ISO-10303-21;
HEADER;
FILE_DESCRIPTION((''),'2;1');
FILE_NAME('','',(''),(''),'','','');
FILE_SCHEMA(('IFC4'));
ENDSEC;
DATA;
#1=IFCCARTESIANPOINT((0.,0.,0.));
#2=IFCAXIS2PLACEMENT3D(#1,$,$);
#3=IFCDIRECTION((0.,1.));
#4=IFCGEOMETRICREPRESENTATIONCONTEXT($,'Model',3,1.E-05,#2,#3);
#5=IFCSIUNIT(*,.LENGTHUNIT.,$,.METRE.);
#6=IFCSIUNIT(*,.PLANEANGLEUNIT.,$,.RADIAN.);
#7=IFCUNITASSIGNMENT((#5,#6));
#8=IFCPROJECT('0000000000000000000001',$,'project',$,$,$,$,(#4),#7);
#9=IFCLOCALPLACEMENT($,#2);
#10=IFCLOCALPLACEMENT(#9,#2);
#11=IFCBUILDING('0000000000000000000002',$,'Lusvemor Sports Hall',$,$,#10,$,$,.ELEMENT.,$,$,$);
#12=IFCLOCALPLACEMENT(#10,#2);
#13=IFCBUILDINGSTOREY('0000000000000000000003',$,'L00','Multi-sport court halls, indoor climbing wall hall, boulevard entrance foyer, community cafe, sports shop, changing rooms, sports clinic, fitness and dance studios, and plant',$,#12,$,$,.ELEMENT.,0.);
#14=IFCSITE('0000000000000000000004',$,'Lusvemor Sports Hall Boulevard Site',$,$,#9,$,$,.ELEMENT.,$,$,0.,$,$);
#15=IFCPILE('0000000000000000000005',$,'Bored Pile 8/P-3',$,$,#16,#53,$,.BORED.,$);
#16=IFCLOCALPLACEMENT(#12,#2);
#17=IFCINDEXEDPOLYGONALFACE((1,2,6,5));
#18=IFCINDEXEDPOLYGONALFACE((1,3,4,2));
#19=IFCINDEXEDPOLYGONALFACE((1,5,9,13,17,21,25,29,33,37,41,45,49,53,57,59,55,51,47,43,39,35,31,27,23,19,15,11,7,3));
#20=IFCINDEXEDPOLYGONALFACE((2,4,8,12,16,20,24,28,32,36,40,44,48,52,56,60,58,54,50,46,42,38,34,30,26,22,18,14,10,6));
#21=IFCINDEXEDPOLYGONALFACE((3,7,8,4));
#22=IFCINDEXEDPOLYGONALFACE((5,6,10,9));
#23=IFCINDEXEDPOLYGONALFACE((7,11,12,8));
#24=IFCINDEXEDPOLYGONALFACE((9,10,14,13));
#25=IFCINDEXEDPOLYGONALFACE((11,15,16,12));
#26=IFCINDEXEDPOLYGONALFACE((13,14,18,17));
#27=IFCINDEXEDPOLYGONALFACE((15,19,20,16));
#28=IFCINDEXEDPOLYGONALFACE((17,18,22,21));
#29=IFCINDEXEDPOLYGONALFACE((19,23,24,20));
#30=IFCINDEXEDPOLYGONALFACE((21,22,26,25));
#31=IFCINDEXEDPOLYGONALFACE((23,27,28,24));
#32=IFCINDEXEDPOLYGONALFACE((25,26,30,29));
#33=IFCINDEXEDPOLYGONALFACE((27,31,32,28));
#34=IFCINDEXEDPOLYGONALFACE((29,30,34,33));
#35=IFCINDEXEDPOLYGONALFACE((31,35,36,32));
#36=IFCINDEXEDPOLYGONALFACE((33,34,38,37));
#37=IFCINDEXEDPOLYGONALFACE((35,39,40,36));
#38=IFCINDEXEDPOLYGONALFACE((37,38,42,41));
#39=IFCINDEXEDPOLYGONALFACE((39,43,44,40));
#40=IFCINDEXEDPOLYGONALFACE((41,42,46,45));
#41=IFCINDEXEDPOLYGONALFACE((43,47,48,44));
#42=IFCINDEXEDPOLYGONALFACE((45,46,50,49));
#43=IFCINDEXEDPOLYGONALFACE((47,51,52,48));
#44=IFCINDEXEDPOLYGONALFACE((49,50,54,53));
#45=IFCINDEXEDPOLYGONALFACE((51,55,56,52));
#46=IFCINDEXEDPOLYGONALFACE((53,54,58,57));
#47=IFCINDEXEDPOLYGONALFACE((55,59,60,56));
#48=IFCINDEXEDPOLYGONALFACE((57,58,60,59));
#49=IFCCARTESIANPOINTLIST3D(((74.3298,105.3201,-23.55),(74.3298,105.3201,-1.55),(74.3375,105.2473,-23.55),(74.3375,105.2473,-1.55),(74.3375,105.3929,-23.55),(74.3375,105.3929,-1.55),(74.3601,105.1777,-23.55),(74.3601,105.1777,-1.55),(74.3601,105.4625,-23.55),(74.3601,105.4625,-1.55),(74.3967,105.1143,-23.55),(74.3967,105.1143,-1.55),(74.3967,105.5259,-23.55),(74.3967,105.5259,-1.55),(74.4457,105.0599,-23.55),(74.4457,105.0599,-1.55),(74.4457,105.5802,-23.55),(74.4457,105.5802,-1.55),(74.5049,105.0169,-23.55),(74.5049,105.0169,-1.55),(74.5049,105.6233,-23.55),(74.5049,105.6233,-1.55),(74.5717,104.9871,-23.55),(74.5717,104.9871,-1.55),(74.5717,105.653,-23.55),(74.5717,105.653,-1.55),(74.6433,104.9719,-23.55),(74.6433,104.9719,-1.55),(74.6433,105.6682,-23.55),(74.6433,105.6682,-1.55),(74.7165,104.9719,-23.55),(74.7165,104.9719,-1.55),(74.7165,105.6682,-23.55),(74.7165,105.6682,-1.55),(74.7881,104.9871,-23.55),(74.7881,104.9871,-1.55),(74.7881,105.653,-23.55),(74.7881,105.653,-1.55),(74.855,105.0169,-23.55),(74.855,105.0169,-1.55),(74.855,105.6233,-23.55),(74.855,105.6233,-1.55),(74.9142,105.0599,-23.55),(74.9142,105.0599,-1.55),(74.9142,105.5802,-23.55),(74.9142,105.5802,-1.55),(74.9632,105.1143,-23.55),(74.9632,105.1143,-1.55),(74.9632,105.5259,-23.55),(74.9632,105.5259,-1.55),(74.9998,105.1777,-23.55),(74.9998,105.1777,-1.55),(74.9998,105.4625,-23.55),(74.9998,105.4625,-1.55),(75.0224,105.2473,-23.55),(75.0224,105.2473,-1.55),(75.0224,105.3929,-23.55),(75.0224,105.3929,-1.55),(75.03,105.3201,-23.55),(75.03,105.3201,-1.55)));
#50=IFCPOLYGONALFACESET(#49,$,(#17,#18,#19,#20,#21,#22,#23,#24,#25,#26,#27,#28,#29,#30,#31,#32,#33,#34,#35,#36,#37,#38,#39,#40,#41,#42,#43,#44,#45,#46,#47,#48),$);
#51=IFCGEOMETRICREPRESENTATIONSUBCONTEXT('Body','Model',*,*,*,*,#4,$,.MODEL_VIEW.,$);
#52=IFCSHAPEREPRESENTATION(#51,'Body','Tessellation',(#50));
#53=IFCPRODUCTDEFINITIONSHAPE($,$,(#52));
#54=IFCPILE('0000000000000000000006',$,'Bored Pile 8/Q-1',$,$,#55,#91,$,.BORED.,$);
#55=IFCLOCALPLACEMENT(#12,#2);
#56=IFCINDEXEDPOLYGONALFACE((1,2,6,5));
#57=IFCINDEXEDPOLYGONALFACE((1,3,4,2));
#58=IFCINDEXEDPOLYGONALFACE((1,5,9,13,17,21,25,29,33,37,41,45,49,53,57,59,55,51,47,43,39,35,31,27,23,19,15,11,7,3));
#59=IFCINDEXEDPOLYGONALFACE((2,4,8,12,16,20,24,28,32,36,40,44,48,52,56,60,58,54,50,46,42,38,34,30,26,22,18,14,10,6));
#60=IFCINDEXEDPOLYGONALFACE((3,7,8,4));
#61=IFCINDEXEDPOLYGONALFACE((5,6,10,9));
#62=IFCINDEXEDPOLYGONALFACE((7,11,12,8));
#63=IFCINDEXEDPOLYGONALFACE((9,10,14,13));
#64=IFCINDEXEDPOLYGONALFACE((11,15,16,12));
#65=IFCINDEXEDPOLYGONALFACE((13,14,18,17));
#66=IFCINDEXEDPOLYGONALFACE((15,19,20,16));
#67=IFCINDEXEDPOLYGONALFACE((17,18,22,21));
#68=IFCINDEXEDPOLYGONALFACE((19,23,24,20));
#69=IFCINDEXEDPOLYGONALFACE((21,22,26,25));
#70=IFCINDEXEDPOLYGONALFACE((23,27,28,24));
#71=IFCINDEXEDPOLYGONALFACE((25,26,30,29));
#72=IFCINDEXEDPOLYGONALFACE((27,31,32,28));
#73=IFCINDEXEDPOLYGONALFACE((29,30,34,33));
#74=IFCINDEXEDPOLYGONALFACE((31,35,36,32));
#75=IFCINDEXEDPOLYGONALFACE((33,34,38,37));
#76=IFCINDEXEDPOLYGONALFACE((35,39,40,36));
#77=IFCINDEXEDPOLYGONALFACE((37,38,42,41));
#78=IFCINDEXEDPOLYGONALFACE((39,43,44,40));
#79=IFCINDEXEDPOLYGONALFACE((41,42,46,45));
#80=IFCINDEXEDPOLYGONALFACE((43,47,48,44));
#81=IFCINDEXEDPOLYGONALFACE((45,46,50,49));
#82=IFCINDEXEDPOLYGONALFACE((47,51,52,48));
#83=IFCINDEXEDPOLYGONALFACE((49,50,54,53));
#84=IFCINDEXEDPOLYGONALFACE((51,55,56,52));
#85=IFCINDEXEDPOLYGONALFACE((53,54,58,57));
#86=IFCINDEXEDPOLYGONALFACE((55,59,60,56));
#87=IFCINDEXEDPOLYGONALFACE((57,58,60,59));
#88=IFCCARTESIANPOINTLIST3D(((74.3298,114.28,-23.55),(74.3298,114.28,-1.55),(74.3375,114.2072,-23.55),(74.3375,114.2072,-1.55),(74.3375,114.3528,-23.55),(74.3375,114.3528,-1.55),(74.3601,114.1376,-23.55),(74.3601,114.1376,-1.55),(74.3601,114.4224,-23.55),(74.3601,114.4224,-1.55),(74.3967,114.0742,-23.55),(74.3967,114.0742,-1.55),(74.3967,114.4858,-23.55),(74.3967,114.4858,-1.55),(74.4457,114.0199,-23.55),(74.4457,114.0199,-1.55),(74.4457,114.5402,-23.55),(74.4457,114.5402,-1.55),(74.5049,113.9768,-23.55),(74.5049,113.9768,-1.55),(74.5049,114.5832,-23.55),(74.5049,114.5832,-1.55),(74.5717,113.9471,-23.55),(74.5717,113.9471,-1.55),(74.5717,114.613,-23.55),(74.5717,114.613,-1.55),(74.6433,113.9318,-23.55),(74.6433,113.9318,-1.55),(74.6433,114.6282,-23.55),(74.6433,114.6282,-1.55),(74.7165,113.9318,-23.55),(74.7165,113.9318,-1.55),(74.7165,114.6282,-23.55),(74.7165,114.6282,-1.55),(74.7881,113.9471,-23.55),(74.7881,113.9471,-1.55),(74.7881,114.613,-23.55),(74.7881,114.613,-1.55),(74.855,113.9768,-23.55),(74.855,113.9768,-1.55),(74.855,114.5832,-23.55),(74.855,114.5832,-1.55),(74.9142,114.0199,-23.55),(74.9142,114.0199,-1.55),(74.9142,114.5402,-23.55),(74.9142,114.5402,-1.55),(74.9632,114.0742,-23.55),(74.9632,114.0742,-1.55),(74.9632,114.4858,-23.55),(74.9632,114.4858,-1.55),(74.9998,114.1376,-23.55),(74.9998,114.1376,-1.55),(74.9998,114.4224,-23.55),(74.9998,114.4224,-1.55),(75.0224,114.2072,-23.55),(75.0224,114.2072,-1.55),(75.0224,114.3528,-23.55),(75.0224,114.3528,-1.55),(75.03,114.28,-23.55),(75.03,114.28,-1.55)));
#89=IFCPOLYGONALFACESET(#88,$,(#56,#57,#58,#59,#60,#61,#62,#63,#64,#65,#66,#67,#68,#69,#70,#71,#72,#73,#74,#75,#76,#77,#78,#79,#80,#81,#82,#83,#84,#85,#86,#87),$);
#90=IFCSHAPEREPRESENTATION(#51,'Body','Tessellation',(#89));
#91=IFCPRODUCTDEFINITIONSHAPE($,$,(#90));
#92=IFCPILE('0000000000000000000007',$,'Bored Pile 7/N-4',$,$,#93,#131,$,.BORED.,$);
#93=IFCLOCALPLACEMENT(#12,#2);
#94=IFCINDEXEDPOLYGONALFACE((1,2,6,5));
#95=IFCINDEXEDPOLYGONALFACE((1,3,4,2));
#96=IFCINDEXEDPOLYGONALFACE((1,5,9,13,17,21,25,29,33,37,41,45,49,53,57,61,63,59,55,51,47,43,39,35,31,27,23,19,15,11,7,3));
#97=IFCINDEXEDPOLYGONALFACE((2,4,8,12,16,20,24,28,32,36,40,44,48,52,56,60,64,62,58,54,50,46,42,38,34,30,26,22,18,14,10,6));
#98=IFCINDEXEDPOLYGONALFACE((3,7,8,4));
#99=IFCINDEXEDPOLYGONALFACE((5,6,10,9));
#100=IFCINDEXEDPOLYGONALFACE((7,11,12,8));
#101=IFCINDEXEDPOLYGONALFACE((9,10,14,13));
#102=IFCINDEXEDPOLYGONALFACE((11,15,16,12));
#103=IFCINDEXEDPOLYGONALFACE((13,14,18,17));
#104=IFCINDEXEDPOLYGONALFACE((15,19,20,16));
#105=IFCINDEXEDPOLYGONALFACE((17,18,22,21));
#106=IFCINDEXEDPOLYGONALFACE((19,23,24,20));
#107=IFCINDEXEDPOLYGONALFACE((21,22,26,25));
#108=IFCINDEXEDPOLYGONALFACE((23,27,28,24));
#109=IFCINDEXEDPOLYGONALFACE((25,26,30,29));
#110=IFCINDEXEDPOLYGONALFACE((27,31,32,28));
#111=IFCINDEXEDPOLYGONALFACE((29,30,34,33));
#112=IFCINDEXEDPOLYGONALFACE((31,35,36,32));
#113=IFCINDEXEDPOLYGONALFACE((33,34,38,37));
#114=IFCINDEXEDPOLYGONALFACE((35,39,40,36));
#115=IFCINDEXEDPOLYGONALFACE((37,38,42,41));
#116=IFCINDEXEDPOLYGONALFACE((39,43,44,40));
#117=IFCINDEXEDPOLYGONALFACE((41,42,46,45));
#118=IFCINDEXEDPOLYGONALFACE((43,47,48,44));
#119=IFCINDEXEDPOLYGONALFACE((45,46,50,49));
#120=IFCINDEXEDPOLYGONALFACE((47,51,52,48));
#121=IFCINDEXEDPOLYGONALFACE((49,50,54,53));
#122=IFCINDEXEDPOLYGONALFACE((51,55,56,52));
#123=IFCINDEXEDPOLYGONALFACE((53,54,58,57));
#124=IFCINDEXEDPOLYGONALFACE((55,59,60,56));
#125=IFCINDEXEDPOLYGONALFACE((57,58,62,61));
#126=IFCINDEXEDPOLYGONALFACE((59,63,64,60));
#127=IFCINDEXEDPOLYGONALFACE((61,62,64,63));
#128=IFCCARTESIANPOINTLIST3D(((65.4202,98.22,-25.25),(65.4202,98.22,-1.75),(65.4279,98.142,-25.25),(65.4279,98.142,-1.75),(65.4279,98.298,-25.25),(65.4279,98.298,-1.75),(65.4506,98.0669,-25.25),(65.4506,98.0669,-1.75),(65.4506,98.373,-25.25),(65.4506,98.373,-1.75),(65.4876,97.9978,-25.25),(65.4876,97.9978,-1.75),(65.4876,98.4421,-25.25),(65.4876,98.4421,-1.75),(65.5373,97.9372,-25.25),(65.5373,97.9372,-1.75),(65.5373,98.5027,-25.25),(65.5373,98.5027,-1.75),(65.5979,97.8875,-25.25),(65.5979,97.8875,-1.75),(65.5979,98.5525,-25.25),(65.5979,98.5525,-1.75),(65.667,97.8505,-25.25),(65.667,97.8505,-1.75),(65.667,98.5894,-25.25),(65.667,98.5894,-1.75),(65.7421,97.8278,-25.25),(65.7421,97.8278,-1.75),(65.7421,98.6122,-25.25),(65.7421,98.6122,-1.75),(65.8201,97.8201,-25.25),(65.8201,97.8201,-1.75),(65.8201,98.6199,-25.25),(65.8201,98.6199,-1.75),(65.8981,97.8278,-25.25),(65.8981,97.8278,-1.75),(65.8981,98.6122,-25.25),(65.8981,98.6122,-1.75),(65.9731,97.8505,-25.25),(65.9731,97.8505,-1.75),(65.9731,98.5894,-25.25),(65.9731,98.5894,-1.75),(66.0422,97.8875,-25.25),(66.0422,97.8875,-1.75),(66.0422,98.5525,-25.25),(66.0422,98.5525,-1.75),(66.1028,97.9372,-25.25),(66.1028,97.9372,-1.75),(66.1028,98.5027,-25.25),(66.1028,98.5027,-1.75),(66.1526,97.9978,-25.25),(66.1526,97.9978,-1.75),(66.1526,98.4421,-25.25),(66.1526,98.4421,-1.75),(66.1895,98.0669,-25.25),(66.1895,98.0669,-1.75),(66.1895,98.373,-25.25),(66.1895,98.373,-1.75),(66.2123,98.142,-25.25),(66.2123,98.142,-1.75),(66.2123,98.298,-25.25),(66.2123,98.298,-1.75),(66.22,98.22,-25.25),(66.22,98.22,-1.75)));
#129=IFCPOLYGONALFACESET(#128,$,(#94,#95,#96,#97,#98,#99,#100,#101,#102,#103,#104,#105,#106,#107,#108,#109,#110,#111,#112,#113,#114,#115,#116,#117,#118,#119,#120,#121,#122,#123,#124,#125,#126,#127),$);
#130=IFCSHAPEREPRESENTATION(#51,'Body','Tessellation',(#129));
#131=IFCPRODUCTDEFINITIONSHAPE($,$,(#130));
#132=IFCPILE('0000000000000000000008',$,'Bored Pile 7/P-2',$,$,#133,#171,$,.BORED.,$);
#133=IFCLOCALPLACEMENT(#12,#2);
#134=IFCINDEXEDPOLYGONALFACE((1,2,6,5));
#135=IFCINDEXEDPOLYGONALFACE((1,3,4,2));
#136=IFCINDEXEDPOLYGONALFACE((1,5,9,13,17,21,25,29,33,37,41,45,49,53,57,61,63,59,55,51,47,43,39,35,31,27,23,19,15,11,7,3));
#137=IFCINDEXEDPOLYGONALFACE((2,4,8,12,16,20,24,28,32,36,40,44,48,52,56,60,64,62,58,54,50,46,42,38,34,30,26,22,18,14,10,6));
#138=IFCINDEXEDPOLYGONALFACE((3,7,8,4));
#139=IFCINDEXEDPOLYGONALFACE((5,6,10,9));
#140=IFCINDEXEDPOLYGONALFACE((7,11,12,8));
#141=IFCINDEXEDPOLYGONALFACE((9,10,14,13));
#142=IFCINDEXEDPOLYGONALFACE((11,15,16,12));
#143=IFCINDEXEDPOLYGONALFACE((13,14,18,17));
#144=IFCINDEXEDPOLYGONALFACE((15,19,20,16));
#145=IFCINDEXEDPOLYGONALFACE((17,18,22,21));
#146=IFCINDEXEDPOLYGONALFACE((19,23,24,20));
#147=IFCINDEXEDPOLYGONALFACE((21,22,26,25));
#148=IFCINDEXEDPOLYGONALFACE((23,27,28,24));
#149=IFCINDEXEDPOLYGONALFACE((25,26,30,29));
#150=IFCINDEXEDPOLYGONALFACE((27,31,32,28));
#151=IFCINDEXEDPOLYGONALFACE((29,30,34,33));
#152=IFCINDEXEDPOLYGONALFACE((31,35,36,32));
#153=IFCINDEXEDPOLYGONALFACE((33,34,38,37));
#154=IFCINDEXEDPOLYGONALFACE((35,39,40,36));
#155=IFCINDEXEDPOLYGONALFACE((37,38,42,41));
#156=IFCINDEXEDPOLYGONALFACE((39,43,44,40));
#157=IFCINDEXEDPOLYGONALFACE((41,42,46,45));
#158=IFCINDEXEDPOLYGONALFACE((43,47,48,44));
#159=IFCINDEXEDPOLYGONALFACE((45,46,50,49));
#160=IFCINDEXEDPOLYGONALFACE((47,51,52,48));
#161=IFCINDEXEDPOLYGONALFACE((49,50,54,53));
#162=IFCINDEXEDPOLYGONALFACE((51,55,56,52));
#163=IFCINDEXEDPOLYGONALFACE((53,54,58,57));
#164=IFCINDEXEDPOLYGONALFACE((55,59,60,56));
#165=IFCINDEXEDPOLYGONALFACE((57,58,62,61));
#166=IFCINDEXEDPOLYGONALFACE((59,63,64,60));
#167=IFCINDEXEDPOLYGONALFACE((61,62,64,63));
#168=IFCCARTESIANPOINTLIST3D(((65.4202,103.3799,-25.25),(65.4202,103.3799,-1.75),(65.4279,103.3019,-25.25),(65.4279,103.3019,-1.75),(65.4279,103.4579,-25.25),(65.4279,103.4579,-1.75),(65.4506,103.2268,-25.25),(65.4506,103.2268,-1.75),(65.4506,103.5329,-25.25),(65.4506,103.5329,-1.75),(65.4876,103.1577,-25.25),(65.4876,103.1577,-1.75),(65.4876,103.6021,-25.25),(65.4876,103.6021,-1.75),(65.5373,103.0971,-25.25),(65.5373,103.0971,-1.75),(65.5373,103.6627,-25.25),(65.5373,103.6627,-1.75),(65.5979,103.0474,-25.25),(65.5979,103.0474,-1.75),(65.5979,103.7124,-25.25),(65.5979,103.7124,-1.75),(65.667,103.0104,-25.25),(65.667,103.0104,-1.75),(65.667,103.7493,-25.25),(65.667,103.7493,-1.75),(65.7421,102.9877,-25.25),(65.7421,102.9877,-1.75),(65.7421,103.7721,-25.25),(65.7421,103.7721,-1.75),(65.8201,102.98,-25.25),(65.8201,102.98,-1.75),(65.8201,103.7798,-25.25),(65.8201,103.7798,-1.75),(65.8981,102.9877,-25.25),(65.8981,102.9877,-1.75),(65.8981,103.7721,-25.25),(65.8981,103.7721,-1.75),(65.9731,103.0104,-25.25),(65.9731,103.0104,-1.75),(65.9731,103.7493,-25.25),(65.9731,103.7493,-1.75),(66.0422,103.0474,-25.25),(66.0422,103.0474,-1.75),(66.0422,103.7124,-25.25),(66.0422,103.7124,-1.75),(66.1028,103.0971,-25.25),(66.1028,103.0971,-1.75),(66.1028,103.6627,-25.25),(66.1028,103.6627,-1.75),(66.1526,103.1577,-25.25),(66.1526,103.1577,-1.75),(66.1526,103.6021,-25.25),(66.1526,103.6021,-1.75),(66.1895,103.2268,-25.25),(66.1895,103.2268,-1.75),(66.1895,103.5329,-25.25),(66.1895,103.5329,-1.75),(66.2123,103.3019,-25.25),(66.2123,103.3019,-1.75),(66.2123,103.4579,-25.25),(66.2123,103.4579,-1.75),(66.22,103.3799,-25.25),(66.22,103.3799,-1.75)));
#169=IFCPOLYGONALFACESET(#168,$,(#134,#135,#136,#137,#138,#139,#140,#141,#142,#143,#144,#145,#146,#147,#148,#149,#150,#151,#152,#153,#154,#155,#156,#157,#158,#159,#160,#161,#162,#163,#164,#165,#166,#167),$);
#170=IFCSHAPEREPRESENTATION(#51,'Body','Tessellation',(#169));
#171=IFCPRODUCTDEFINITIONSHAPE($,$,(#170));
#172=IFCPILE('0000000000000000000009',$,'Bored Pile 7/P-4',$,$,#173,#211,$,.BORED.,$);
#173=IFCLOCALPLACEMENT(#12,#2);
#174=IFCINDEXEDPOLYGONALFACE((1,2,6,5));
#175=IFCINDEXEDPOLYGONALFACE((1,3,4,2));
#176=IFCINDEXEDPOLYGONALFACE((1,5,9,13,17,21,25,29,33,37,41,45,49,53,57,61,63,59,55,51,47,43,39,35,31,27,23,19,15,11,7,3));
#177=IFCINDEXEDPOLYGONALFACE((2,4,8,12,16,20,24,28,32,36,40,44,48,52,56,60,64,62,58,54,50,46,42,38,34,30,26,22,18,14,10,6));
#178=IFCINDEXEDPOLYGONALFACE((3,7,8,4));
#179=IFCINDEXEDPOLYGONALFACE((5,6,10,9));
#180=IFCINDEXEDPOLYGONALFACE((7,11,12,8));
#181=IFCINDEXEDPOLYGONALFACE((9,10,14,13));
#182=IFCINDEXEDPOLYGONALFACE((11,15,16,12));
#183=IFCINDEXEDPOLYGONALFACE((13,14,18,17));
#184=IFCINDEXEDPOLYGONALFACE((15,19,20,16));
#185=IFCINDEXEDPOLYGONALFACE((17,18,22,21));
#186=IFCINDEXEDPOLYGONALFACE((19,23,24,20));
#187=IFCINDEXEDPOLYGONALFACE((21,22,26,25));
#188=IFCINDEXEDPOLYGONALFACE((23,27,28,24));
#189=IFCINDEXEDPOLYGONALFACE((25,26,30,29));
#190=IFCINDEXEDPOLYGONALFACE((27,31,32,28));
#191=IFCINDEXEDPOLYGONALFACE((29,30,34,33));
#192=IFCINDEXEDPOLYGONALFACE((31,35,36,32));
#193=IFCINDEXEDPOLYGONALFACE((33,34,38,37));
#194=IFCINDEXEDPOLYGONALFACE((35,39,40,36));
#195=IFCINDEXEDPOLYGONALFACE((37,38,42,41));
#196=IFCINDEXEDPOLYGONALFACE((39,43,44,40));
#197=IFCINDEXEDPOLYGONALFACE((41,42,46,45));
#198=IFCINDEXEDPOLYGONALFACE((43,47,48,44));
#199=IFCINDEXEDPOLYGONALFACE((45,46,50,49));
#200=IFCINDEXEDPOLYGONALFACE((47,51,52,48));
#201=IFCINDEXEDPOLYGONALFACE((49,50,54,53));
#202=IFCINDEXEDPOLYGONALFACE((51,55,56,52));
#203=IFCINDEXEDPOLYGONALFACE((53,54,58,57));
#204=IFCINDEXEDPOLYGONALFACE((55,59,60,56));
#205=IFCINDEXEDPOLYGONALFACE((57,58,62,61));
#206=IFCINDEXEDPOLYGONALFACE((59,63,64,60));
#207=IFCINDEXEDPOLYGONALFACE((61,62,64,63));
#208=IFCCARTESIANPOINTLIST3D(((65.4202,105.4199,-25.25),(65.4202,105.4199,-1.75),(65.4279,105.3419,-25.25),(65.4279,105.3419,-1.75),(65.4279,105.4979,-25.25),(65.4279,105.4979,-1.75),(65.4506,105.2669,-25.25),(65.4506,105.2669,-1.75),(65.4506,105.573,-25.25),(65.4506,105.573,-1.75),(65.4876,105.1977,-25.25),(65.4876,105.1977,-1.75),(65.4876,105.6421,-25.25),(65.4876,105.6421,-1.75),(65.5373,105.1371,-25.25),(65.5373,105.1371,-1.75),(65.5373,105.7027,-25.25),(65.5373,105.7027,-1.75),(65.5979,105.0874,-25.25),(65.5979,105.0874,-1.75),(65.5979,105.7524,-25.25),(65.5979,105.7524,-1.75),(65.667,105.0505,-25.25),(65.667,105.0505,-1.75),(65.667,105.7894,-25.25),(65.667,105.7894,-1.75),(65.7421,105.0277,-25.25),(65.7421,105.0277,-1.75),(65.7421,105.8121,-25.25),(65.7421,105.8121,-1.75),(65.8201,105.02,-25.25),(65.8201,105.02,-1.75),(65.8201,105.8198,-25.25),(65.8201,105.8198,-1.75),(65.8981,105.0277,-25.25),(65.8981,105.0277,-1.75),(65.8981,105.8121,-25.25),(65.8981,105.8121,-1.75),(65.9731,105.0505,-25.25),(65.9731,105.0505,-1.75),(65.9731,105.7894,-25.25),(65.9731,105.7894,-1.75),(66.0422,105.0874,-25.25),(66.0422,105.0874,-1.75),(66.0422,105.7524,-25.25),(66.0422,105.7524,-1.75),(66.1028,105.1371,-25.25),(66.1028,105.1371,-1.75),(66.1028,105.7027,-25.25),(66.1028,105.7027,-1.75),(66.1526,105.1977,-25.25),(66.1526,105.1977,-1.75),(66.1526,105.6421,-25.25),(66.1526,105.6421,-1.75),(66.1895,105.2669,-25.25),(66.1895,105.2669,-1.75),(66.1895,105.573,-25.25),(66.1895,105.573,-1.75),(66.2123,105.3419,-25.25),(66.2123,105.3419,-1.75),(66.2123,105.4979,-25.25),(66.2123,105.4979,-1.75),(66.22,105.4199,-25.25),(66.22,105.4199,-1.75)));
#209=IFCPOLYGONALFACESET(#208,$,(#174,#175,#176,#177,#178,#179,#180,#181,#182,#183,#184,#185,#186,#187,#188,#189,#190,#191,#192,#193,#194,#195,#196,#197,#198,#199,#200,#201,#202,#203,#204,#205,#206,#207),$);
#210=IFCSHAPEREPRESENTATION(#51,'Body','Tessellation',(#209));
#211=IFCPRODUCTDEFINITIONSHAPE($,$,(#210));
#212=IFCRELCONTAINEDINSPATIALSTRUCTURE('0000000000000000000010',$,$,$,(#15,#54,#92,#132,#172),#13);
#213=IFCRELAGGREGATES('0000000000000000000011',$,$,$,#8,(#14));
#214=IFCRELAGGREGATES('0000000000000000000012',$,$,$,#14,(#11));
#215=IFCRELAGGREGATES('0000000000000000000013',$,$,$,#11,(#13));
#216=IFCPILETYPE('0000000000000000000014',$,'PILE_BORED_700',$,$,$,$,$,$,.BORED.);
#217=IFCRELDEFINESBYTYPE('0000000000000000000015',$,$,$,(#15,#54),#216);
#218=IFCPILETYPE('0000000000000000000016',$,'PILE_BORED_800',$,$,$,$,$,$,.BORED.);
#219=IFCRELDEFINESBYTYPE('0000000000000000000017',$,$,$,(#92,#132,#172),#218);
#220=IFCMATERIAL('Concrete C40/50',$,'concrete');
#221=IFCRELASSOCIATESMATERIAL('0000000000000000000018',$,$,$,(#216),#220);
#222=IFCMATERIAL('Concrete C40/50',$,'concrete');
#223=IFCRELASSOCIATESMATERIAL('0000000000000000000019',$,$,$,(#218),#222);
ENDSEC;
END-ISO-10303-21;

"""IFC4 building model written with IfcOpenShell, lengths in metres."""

from ifc_helpers import new_model, si_unit, direction, frame, origin, origin_2d, place, context, subcontext, project, spatial, circle, extrude, material, material_profile, profile_set, type_object, element, save


model = new_model("IFC4")

# Units and contexts
model_context = context("Model", 3, precision=1e-05, world=origin(), true_north=direction((0.0, 1.0)))
body_context = subcontext(model_context, "Body", "Model", "MODEL_VIEW")
ifc_project = project(units=[si_unit("LENGTHUNIT", "METRE"), si_unit("PLANEANGLEUNIT", "RADIAN")], contexts=[model_context])

# Site, building, storey
site_placement = place(None, origin())
site = spatial("IfcSite", under=ifc_project, at=site_placement, Name="Lusvemor Sports Hall Boulevard Site", CompositionType="ELEMENT", RefElevation=0.0)
building_placement = place(site_placement, origin())
building = spatial("IfcBuilding", under=site, at=building_placement, Name="Lusvemor Sports Hall", CompositionType="ELEMENT")
storey_placement = place(building_placement, origin())
storey = spatial("IfcBuildingStorey", under=building, at=storey_placement, Name="L00", Description="Multi-sport court halls, indoor climbing wall hall, boulevard entrance foyer, community cafe, sports shop, changing rooms, sports clinic, fitness and dance studios, and plant", CompositionType="ELEMENT", Elevation=0.0)

# Piles
ifc_material_1 = material(Name="Concrete C40/50", Category="concrete")
ifc_material_profile_1 = material_profile(ifc_material_1, circle(Radius=0.3501, at=origin_2d()), Name="PILE700")
ifc_profile_set_1 = profile_set([ifc_material_profile_1], Name="Concrete C40/50")
pile_type_1 = type_object("IfcPileType", Name="PILE_BORED_700", PredefinedType="BORED", material=ifc_profile_set_1)
for number, where, z_axis, x_axis, name in (
    (1, (74.6799, 105.3201, -1.55), (0.0, 0.0, -1.0), (1.0, 0.0, 0.0), "Bored Pile 8/P-3"),
    (2, (74.6799, 114.28, -1.55), (0.0, 0.0, -1.0), (1.0, 0.0, 0.0), "Bored Pile 8/Q-1"),
):
    element("IfcPile", number, at=place(storey_placement, frame(where, z_axis=z_axis, x_axis=x_axis)), inside=storey, type_object=pile_type_1, Name=name, PredefinedType="BORED", context=body_context, shape_type="SweptSolid", body=[
        extrude(circle(Radius=0.3501, at=origin_2d()), origin(), (0.0, 0.0, 1.0), 22.0),
    ])
ifc_material_2 = material(Name="Concrete C40/50", Category="concrete")
ifc_material_profile_2 = material_profile(ifc_material_2, circle(Radius=0.3999, at=origin_2d()), Name="PILE800")
ifc_profile_set_2 = profile_set([ifc_material_profile_2], Name="Concrete C40/50")
pile_type_2 = type_object("IfcPileType", Name="PILE_BORED_800", PredefinedType="BORED", material=ifc_profile_set_2)
for number, where, z_axis, x_axis, name in (
    (3, (65.8201, 98.22, -1.75), (0.0, 0.0, -1.0), (1.0, 0.0, 0.0), "Bored Pile 7/N-4"),
    (4, (65.8201, 103.3799, -1.75), (0.0, 0.0, -1.0), (1.0, 0.0, 0.0), "Bored Pile 7/P-2"),
    (5, (65.8201, 105.4199, -1.75), (0.0, 0.0, -1.0), (1.0, 0.0, 0.0), "Bored Pile 7/P-4"),
):
    element("IfcPile", number, at=place(storey_placement, frame(where, z_axis=z_axis, x_axis=x_axis)), inside=storey, type_object=pile_type_2, Name=name, PredefinedType="BORED", context=body_context, shape_type="SweptSolid", body=[
        extrude(circle(Radius=0.3999, at=origin_2d()), origin(), (0.0, 0.0, 1.0), 23.5),
    ])

save(model, "model.ifc")
